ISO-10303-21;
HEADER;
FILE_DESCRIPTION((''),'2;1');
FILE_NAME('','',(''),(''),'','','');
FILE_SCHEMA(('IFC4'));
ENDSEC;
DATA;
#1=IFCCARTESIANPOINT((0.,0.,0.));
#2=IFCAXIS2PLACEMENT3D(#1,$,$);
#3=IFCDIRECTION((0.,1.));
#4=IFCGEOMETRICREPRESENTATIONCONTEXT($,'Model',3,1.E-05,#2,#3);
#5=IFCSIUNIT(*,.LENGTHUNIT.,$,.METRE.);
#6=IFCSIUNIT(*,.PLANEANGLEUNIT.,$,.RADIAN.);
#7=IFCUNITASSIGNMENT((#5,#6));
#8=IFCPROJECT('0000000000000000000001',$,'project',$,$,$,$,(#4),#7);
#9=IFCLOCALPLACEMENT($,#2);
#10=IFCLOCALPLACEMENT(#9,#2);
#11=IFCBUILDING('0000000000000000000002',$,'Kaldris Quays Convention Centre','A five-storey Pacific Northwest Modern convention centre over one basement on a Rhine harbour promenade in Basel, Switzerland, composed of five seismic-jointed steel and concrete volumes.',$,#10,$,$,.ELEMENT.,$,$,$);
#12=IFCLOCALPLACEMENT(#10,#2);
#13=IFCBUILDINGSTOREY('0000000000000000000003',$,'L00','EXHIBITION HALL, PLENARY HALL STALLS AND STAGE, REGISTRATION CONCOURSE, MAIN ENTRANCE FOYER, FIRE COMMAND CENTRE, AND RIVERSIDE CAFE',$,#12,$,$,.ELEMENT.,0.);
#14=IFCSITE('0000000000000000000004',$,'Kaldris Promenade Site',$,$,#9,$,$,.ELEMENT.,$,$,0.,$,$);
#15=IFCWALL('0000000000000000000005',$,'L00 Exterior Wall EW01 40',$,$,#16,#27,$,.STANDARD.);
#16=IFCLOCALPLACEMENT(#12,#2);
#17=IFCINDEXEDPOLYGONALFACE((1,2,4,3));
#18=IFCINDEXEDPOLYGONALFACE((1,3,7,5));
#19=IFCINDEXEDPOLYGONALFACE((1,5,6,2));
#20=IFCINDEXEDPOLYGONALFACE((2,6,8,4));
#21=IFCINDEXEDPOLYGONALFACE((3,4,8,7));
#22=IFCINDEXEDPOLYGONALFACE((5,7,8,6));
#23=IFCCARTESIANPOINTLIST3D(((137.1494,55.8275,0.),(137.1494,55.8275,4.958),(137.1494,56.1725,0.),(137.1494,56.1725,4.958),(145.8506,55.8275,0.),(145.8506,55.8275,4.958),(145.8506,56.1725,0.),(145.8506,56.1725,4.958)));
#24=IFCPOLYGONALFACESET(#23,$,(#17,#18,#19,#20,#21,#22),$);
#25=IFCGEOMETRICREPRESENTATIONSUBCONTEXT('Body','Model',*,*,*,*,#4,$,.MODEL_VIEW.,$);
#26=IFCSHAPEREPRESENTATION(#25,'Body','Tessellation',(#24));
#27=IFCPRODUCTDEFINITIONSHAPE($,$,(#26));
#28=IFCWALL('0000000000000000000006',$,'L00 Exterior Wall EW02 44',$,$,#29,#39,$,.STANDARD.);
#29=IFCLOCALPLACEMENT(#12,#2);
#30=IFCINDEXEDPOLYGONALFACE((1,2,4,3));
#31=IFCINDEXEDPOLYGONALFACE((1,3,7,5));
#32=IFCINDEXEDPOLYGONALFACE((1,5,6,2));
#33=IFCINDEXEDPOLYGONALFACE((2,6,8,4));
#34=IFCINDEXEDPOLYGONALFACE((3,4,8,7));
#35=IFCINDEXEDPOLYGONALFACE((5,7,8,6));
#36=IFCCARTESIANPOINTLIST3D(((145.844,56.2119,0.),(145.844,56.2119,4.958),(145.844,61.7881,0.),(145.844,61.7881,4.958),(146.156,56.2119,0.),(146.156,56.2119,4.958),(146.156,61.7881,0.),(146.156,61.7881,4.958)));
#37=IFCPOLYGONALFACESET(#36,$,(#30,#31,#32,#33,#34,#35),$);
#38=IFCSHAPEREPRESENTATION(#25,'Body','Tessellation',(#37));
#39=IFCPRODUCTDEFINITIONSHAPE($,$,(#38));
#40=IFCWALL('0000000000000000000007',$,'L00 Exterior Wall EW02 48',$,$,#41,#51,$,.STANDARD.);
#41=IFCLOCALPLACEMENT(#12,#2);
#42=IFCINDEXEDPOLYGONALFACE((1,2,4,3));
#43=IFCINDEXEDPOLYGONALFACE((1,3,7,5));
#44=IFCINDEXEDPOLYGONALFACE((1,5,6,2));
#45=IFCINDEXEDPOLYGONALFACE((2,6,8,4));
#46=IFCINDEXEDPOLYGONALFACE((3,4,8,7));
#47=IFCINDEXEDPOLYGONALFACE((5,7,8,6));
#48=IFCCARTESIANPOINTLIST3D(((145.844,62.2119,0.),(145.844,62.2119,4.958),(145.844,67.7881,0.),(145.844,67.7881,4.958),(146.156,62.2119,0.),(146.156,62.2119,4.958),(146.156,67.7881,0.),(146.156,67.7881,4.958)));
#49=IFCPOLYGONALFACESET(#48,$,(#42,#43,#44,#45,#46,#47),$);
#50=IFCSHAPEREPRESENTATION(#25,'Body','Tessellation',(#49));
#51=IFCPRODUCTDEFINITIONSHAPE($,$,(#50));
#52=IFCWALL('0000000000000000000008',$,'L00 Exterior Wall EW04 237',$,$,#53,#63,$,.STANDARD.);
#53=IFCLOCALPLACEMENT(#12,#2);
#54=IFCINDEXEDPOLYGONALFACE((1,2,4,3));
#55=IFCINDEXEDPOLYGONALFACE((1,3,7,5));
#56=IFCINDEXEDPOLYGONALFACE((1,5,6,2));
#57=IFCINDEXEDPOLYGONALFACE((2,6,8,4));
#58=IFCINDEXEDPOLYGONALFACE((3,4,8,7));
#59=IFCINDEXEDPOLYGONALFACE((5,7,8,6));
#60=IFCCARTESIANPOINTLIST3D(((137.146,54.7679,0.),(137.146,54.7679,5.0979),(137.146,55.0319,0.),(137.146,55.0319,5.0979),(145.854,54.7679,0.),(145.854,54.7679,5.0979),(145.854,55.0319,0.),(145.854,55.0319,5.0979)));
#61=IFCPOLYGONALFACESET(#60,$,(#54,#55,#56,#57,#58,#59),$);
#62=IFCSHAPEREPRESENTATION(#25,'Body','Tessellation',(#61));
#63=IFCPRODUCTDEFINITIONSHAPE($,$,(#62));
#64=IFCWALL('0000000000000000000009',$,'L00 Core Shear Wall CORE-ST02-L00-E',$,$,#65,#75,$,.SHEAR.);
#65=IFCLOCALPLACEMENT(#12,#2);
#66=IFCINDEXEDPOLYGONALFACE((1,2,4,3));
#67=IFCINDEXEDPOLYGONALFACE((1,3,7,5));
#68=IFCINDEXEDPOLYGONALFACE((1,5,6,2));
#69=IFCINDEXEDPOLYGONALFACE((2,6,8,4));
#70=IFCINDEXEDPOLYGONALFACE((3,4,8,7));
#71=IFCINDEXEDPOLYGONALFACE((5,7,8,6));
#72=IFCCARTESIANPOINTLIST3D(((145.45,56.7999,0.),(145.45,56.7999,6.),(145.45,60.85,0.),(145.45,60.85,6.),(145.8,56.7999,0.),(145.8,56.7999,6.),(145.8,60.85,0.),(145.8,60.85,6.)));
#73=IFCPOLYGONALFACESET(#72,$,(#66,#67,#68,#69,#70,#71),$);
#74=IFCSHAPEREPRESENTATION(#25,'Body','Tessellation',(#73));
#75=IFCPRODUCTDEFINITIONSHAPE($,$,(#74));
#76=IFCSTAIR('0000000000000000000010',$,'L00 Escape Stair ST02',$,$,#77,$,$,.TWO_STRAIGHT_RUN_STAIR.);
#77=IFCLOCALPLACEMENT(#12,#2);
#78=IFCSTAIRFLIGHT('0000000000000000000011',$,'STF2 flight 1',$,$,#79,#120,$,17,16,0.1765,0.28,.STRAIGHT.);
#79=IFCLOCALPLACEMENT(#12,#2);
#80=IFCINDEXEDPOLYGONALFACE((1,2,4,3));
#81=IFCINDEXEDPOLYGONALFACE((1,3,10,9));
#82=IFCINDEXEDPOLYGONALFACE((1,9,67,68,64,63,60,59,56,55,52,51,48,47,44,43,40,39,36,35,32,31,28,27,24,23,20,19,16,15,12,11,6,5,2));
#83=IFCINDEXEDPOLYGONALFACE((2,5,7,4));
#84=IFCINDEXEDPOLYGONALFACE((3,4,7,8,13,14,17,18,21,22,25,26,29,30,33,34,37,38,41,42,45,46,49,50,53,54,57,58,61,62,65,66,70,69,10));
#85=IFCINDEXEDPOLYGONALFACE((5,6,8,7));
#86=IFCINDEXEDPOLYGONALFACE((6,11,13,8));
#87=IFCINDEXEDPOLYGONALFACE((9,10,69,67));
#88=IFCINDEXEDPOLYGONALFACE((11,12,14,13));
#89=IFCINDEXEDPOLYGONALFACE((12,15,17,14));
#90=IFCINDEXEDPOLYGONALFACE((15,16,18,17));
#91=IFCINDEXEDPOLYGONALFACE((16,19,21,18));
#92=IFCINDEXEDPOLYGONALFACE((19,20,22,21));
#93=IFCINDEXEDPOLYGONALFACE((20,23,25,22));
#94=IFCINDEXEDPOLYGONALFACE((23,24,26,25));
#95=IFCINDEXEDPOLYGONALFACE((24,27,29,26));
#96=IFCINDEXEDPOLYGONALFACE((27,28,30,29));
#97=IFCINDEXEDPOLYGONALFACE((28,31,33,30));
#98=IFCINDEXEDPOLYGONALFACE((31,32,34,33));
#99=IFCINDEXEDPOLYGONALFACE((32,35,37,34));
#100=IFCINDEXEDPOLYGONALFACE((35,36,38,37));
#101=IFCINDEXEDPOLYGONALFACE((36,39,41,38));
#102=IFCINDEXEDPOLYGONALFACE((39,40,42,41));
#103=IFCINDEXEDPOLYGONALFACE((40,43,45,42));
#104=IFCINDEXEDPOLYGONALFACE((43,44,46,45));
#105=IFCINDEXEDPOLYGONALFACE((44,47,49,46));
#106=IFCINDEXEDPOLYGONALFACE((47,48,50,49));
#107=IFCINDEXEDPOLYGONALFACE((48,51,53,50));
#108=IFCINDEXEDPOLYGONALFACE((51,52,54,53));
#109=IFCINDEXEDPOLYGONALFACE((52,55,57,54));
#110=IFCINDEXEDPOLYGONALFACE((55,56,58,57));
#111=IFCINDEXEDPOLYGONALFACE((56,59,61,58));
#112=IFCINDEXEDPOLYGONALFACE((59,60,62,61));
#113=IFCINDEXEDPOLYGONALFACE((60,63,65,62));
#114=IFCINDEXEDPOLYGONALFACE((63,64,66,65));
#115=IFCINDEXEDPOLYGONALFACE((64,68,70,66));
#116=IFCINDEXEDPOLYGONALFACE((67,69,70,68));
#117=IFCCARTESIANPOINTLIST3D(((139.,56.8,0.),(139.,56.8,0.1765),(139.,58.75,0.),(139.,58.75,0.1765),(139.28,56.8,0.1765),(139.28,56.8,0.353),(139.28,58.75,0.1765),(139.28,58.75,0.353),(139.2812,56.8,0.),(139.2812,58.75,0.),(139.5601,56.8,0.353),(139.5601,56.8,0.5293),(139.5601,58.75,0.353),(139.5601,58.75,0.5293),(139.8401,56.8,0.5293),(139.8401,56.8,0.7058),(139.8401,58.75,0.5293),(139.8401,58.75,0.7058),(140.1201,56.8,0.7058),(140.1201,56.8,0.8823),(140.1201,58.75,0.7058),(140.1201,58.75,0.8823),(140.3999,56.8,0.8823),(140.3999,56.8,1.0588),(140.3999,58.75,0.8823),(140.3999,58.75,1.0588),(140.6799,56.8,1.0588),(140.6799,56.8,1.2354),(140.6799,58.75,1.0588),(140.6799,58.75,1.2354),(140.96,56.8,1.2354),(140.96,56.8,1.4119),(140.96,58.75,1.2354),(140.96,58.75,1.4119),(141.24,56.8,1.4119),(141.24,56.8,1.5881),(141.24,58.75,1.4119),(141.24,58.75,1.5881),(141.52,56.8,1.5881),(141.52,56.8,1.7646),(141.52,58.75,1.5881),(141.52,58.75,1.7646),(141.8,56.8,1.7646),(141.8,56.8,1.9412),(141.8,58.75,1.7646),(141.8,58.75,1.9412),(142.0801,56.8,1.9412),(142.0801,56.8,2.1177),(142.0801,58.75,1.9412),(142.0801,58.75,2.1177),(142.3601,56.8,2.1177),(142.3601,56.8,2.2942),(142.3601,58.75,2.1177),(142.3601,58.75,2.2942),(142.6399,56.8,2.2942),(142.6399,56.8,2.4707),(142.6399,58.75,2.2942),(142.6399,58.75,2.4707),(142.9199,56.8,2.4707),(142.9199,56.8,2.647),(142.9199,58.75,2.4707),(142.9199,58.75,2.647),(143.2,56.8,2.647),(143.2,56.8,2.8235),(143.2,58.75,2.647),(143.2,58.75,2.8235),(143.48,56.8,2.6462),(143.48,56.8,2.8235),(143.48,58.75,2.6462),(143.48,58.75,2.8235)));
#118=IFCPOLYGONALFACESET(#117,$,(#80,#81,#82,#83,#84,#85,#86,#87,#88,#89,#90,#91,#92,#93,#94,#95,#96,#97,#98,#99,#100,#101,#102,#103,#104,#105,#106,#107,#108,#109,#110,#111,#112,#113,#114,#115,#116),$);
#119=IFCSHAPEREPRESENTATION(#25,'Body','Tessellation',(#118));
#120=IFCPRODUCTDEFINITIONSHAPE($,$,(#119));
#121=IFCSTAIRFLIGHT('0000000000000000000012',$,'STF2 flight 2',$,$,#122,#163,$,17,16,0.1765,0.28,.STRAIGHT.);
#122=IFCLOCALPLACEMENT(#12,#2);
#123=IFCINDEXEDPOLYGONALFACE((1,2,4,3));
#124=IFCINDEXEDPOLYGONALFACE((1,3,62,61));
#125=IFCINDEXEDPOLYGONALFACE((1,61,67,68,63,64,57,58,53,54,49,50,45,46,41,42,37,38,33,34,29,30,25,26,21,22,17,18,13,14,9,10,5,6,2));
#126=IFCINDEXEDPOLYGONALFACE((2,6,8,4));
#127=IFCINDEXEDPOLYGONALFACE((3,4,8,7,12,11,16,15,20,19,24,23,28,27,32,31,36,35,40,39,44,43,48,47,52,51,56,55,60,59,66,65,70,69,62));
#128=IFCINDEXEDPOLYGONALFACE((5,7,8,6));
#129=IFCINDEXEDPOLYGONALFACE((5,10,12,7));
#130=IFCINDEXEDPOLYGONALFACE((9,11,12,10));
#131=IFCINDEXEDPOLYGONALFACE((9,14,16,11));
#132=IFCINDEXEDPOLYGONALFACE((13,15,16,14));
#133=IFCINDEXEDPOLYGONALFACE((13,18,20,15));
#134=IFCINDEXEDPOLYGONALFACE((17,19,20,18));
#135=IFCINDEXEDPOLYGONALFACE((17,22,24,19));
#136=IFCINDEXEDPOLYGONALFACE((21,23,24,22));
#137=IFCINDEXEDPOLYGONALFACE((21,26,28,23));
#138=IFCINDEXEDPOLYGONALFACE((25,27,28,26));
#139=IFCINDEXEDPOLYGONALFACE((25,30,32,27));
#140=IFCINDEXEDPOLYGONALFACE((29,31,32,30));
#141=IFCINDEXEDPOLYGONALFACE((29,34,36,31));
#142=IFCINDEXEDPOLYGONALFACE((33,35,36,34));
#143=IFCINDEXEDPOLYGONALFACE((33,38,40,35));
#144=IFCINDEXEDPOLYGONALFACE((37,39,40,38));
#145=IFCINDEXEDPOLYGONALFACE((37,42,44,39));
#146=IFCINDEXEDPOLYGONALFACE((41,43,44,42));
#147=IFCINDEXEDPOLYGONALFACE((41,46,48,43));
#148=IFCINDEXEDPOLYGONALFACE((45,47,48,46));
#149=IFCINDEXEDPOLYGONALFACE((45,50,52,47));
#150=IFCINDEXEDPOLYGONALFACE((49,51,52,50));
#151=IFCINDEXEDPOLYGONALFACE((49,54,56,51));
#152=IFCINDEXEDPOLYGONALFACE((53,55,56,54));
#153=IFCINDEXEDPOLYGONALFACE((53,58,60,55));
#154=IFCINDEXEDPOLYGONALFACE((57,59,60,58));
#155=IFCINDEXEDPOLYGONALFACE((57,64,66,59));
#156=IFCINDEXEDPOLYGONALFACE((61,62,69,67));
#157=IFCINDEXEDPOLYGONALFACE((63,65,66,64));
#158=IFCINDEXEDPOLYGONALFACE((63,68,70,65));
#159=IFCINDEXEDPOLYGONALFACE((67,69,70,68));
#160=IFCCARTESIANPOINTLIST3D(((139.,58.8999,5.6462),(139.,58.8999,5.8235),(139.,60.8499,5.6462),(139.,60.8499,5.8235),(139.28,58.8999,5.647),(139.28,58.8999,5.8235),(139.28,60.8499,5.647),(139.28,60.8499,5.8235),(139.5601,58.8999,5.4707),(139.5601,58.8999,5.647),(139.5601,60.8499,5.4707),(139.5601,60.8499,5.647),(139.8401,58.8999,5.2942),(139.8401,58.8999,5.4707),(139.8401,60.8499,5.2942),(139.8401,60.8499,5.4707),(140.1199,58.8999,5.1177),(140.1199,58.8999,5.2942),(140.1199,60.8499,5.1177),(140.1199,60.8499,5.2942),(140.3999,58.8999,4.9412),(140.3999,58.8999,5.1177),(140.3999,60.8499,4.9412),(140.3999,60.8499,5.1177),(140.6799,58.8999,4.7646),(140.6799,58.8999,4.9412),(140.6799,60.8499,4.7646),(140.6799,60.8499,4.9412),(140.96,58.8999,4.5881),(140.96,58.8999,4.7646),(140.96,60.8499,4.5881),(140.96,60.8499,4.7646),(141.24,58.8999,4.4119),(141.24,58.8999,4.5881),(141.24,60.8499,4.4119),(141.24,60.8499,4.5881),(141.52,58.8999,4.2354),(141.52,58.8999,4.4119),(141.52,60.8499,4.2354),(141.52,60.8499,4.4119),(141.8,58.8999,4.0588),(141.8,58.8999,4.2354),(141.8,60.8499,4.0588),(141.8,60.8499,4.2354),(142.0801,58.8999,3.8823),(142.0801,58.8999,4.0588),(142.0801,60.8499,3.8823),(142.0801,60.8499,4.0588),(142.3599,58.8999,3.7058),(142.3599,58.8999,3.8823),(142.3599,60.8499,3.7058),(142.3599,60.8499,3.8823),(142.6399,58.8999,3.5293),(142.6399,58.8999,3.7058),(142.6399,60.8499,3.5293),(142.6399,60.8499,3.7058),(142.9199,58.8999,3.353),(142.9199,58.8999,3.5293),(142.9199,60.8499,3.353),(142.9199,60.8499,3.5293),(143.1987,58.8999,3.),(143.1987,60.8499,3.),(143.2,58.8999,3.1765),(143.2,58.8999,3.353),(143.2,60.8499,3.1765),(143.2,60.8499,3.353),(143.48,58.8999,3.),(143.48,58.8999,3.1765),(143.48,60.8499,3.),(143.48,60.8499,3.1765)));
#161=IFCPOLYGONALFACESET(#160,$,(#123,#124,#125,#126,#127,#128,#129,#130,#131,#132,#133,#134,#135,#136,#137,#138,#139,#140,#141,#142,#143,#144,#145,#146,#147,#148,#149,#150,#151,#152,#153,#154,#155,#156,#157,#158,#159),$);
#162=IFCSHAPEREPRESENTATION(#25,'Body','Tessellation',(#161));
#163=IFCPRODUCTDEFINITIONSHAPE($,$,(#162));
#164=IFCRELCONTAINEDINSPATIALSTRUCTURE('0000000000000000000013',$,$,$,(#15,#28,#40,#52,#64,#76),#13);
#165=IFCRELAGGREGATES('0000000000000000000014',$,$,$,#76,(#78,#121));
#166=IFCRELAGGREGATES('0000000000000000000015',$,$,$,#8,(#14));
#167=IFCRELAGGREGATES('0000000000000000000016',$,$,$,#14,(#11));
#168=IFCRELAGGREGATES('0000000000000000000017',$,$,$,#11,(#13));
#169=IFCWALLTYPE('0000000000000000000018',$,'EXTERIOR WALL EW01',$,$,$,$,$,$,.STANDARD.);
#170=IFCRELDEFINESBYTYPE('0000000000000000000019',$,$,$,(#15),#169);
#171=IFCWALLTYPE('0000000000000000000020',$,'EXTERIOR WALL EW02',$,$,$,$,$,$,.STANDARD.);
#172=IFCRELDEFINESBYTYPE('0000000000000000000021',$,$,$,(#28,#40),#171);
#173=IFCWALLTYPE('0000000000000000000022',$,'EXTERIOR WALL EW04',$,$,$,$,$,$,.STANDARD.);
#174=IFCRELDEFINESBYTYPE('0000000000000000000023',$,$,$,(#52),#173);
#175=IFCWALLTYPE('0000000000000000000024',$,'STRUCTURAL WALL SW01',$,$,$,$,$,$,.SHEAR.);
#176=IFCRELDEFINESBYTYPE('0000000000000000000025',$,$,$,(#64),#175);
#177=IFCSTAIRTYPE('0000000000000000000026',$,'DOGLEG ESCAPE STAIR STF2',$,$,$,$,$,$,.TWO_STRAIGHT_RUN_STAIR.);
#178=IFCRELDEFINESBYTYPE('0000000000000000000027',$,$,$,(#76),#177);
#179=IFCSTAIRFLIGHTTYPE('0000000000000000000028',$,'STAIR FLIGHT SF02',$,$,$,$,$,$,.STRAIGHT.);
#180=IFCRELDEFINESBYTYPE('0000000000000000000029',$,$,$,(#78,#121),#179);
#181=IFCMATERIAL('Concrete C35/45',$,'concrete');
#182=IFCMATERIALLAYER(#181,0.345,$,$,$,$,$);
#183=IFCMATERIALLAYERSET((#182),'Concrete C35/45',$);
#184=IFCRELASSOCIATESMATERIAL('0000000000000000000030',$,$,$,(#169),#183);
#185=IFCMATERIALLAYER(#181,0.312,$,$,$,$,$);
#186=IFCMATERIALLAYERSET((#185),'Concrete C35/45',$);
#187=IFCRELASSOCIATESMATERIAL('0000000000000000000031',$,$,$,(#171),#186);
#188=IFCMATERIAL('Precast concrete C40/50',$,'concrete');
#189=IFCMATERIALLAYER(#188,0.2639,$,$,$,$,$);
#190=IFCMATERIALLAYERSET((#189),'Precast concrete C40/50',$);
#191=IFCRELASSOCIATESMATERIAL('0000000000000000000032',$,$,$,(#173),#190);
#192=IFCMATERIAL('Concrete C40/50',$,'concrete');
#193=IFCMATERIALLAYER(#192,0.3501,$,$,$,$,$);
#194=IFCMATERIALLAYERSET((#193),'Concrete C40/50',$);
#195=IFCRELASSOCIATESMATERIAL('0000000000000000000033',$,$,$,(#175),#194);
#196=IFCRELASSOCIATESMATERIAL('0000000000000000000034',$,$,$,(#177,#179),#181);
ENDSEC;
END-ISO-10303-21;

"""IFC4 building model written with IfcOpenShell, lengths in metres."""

from ifc_helpers import new_model, si_unit, direction, frame, frame_2d, origin, place, context, subcontext, project, spatial, polyline, rectangle, outline, extrude, material, layer, layer_set, type_object, element, aggregate, save


model = new_model("IFC4")

# Units and contexts
model_context = context("Model", 3, precision=1e-05, world=origin(), true_north=direction((0.0, 1.0)))
body_context = subcontext(model_context, "Body", "Model", "MODEL_VIEW")
ifc_project = project(units=[si_unit("LENGTHUNIT", "METRE"), si_unit("PLANEANGLEUNIT", "RADIAN")], contexts=[model_context])

# Site, building, storey
site_placement = place(None, origin())
site = spatial("IfcSite", under=ifc_project, at=site_placement, Name="Kaldris Promenade Site", CompositionType="ELEMENT", RefElevation=0.0)
building_placement = place(site_placement, origin())
building = spatial("IfcBuilding", under=site, at=building_placement, Name="Kaldris Quays Convention Centre", Description="A five-storey Pacific Northwest Modern convention centre over one basement on a Rhine harbour promenade in Basel, Switzerland, composed of five seismic-jointed steel and concrete volumes.", CompositionType="ELEMENT")
storey_placement = place(building_placement, origin())
storey = spatial("IfcBuildingStorey", under=building, at=storey_placement, Name="L00", Description="EXHIBITION HALL, PLENARY HALL STALLS AND STAGE, REGISTRATION CONCOURSE, MAIN ENTRANCE FOYER, FIRE COMMAND CENTRE, AND RIVERSIDE CAFE", CompositionType="ELEMENT", Elevation=0.0)

# Walls
ifc_material_1 = material(Name="Concrete C35/45", Category="concrete")
ifc_layer_1 = layer(ifc_material_1, 0.345)
ifc_layer_set_1 = layer_set([ifc_layer_1], Name="Concrete C35/45")
wall_type_1 = type_object("IfcWallType", Name="EXTERIOR WALL EW01", PredefinedType="STANDARD", material=ifc_layer_set_1)
wall_1_placement = place(storey_placement, frame((137.1494, 56.0, 0.0), z_axis=(0.0, 0.0, 1.0), x_axis=(1.0, 0.0, 0.0)))
element("IfcWall", 1, at=wall_1_placement, inside=storey, type_object=wall_type_1, Name="L00 Exterior Wall EW01 40", PredefinedType="STANDARD", context=body_context, shape_type="SweptSolid", body=[
    extrude(rectangle(XDim=8.7012, YDim=0.345, at=frame_2d((4.3506, 0.0))), origin(), (0.0, 0.0, 1.0), 4.958),
])
ifc_layer_2 = layer(ifc_material_1, 0.312)
ifc_layer_set_2 = layer_set([ifc_layer_2], Name="Concrete C35/45")
wall_type_2 = type_object("IfcWallType", Name="EXTERIOR WALL EW02", PredefinedType="STANDARD", material=ifc_layer_set_2)
for number, where, z_axis, x_axis, name in (
    (2, (146.0, 56.2119, 0.0), (0.0, 0.0, 1.0), (0.0, 1.0, 0.0), "L00 Exterior Wall EW02 44"),
    (3, (146.0, 62.2119, 0.0), (0.0, 0.0, 1.0), (0.0, 1.0, 0.0), "L00 Exterior Wall EW02 48"),
):
    element("IfcWall", number, at=place(storey_placement, frame(where, z_axis=z_axis, x_axis=x_axis)), inside=storey, type_object=wall_type_2, Name=name, PredefinedType="STANDARD", context=body_context, shape_type="SweptSolid", body=[
        extrude(rectangle(XDim=5.5762, YDim=0.312, at=frame_2d((2.7881, 0.0))), origin(), (0.0, 0.0, 1.0), 4.958),
    ])
ifc_material_2 = material(Name="Precast concrete C40/50", Category="concrete")
ifc_layer_3 = layer(ifc_material_2, 0.2639)
ifc_layer_set_3 = layer_set([ifc_layer_3], Name="Precast concrete C40/50")
wall_type_3 = type_object("IfcWallType", Name="EXTERIOR WALL EW04", PredefinedType="STANDARD", material=ifc_layer_set_3)
wall_2_placement = place(storey_placement, frame((137.146, 54.8999, 0.0), z_axis=(0.0, 0.0, 1.0), x_axis=(1.0, 0.0, 0.0)))
element("IfcWall", 4, at=wall_2_placement, inside=storey, type_object=wall_type_3, Name="L00 Exterior Wall EW04 237", PredefinedType="STANDARD", context=body_context, shape_type="SweptSolid", body=[
    extrude(rectangle(XDim=8.708, YDim=0.2639, at=frame_2d((4.354, 0.0))), origin(), (0.0, 0.0, 1.0), 5.0979),
])
ifc_material_3 = material(Name="Concrete C40/50", Category="concrete")
ifc_layer_4 = layer(ifc_material_3, 0.3501)
ifc_layer_set_4 = layer_set([ifc_layer_4], Name="Concrete C40/50")
wall_type_4 = type_object("IfcWallType", Name="STRUCTURAL WALL SW01", PredefinedType="SHEAR", material=ifc_layer_set_4)
wall_3_placement = place(storey_placement, frame((145.625, 56.8, 0.0), z_axis=(0.0, 0.0, 1.0), x_axis=(0.0, 1.0, 0.0)))
element("IfcWall", 5, at=wall_3_placement, inside=storey, type_object=wall_type_4, Name="L00 Core Shear Wall CORE-ST02-L00-E", PredefinedType="SHEAR", context=body_context, shape_type="SweptSolid", body=[
    extrude(rectangle(XDim=4.05, YDim=0.3501, at=frame_2d((2.0249, 0.0))), origin(), (0.0, 0.0, 1.0), 6.0),
])

# Stair, stair flights
stair_type = type_object("IfcStairType", Name="DOGLEG ESCAPE STAIR STF2", PredefinedType="TWO_STRAIGHT_RUN_STAIR", material=ifc_material_1)
stair_placement = place(storey_placement, origin())
stair = element("IfcStair", 6, at=stair_placement, inside=storey, type_object=stair_type, Name="L00 Escape Stair ST02", PredefinedType="TWO_STRAIGHT_RUN_STAIR")
stair_flight_type = type_object("IfcStairFlightType", Name="STAIR FLIGHT SF02", PredefinedType="STRAIGHT", material=ifc_material_1)
stair_flight_1_placement = place(storey_placement, frame((139.0, 57.7749, 0.0), z_axis=(0.0, 0.0, 1.0), x_axis=(1.0, 0.0, 0.0)))
stair_flight_1 = element("IfcStairFlight", 7, at=stair_flight_1_placement, type_object=stair_flight_type, Name="STF2 flight 1", NumberOfRisers=17, NumberOfTreads=16, PredefinedType="STRAIGHT", RiserHeight=0.1765, TreadLength=0.28, context=body_context, shape_type="SweptSolid", body=[
    extrude(outline(polyline([(0.0, 0.0), (0.0, 0.1765), (0.28, 0.1765), (0.28, 0.353), (0.5601, 0.353), (0.5601, 0.5293), (0.8401, 0.5293), (0.8401, 0.7058), (1.1201, 0.7058), (1.1201, 0.8823), (1.3999, 0.8823), (1.3999, 1.0588), (1.6799, 1.0588), (1.6799, 1.2354), (1.96, 1.2354), (1.96, 1.4119), (2.24, 1.4119), (2.24, 1.5881), (2.52, 1.5881), (2.52, 1.7646), (2.8, 1.7646), (2.8, 1.9412), (3.0801, 1.9412), (3.0801, 2.1177), (3.3601, 2.1177), (3.3601, 2.2942), (3.6399, 2.2942), (3.6399, 2.4707), (3.9199, 2.4707), (3.9199, 2.647), (4.2, 2.647), (4.2, 2.8235), (4.48, 2.8235), (4.48, 3.0), (4.48, 2.6462), (0.2812, 0.0), (0.0, 0.0)])), frame((0.0, 0.9751, 0.0), z_axis=(0.0, -1.0, 0.0), x_axis=(1.0, 0.0, 0.0)), (0.0, 0.0, 1.0), 1.95),
])
stair_flight_2_placement = place(storey_placement, frame((143.48, 59.875, 3.0), z_axis=(0.0, 0.0, 1.0), x_axis=(-1.0, 0.0, 0.0)))
stair_flight_2 = element("IfcStairFlight", 8, at=stair_flight_2_placement, type_object=stair_flight_type, Name="STF2 flight 2", NumberOfRisers=17, NumberOfTreads=16, PredefinedType="STRAIGHT", RiserHeight=0.1765, TreadLength=0.28, context=body_context, shape_type="SweptSolid", body=[
    extrude(outline(polyline([(0.0, 0.0), (0.0, 0.1765), (0.28, 0.1765), (0.28, 0.353), (0.5601, 0.353), (0.5601, 0.5293), (0.8401, 0.5293), (0.8401, 0.7058), (1.1201, 0.7058), (1.1201, 0.8823), (1.3999, 0.8823), (1.3999, 1.0588), (1.6799, 1.0588), (1.6799, 1.2354), (1.96, 1.2354), (1.96, 1.4119), (2.24, 1.4119), (2.24, 1.5881), (2.52, 1.5881), (2.52, 1.7646), (2.8, 1.7646), (2.8, 1.9412), (3.0801, 1.9412), (3.0801, 2.1177), (3.3601, 2.1177), (3.3601, 2.2942), (3.6399, 2.2942), (3.6399, 2.4707), (3.9199, 2.4707), (3.9199, 2.647), (4.2, 2.647), (4.2, 2.8235), (4.48, 2.8235), (4.48, 3.0), (4.48, 2.6462), (0.2812, 0.0), (0.0, 0.0)])), frame((0.0, 0.9751, 0.0), z_axis=(0.0, -1.0, 0.0), x_axis=(1.0, 0.0, 0.0)), (0.0, 0.0, 1.0), 1.95),
])
aggregate(stair, [stair_flight_1, stair_flight_2])

save(model, "model.ifc")
